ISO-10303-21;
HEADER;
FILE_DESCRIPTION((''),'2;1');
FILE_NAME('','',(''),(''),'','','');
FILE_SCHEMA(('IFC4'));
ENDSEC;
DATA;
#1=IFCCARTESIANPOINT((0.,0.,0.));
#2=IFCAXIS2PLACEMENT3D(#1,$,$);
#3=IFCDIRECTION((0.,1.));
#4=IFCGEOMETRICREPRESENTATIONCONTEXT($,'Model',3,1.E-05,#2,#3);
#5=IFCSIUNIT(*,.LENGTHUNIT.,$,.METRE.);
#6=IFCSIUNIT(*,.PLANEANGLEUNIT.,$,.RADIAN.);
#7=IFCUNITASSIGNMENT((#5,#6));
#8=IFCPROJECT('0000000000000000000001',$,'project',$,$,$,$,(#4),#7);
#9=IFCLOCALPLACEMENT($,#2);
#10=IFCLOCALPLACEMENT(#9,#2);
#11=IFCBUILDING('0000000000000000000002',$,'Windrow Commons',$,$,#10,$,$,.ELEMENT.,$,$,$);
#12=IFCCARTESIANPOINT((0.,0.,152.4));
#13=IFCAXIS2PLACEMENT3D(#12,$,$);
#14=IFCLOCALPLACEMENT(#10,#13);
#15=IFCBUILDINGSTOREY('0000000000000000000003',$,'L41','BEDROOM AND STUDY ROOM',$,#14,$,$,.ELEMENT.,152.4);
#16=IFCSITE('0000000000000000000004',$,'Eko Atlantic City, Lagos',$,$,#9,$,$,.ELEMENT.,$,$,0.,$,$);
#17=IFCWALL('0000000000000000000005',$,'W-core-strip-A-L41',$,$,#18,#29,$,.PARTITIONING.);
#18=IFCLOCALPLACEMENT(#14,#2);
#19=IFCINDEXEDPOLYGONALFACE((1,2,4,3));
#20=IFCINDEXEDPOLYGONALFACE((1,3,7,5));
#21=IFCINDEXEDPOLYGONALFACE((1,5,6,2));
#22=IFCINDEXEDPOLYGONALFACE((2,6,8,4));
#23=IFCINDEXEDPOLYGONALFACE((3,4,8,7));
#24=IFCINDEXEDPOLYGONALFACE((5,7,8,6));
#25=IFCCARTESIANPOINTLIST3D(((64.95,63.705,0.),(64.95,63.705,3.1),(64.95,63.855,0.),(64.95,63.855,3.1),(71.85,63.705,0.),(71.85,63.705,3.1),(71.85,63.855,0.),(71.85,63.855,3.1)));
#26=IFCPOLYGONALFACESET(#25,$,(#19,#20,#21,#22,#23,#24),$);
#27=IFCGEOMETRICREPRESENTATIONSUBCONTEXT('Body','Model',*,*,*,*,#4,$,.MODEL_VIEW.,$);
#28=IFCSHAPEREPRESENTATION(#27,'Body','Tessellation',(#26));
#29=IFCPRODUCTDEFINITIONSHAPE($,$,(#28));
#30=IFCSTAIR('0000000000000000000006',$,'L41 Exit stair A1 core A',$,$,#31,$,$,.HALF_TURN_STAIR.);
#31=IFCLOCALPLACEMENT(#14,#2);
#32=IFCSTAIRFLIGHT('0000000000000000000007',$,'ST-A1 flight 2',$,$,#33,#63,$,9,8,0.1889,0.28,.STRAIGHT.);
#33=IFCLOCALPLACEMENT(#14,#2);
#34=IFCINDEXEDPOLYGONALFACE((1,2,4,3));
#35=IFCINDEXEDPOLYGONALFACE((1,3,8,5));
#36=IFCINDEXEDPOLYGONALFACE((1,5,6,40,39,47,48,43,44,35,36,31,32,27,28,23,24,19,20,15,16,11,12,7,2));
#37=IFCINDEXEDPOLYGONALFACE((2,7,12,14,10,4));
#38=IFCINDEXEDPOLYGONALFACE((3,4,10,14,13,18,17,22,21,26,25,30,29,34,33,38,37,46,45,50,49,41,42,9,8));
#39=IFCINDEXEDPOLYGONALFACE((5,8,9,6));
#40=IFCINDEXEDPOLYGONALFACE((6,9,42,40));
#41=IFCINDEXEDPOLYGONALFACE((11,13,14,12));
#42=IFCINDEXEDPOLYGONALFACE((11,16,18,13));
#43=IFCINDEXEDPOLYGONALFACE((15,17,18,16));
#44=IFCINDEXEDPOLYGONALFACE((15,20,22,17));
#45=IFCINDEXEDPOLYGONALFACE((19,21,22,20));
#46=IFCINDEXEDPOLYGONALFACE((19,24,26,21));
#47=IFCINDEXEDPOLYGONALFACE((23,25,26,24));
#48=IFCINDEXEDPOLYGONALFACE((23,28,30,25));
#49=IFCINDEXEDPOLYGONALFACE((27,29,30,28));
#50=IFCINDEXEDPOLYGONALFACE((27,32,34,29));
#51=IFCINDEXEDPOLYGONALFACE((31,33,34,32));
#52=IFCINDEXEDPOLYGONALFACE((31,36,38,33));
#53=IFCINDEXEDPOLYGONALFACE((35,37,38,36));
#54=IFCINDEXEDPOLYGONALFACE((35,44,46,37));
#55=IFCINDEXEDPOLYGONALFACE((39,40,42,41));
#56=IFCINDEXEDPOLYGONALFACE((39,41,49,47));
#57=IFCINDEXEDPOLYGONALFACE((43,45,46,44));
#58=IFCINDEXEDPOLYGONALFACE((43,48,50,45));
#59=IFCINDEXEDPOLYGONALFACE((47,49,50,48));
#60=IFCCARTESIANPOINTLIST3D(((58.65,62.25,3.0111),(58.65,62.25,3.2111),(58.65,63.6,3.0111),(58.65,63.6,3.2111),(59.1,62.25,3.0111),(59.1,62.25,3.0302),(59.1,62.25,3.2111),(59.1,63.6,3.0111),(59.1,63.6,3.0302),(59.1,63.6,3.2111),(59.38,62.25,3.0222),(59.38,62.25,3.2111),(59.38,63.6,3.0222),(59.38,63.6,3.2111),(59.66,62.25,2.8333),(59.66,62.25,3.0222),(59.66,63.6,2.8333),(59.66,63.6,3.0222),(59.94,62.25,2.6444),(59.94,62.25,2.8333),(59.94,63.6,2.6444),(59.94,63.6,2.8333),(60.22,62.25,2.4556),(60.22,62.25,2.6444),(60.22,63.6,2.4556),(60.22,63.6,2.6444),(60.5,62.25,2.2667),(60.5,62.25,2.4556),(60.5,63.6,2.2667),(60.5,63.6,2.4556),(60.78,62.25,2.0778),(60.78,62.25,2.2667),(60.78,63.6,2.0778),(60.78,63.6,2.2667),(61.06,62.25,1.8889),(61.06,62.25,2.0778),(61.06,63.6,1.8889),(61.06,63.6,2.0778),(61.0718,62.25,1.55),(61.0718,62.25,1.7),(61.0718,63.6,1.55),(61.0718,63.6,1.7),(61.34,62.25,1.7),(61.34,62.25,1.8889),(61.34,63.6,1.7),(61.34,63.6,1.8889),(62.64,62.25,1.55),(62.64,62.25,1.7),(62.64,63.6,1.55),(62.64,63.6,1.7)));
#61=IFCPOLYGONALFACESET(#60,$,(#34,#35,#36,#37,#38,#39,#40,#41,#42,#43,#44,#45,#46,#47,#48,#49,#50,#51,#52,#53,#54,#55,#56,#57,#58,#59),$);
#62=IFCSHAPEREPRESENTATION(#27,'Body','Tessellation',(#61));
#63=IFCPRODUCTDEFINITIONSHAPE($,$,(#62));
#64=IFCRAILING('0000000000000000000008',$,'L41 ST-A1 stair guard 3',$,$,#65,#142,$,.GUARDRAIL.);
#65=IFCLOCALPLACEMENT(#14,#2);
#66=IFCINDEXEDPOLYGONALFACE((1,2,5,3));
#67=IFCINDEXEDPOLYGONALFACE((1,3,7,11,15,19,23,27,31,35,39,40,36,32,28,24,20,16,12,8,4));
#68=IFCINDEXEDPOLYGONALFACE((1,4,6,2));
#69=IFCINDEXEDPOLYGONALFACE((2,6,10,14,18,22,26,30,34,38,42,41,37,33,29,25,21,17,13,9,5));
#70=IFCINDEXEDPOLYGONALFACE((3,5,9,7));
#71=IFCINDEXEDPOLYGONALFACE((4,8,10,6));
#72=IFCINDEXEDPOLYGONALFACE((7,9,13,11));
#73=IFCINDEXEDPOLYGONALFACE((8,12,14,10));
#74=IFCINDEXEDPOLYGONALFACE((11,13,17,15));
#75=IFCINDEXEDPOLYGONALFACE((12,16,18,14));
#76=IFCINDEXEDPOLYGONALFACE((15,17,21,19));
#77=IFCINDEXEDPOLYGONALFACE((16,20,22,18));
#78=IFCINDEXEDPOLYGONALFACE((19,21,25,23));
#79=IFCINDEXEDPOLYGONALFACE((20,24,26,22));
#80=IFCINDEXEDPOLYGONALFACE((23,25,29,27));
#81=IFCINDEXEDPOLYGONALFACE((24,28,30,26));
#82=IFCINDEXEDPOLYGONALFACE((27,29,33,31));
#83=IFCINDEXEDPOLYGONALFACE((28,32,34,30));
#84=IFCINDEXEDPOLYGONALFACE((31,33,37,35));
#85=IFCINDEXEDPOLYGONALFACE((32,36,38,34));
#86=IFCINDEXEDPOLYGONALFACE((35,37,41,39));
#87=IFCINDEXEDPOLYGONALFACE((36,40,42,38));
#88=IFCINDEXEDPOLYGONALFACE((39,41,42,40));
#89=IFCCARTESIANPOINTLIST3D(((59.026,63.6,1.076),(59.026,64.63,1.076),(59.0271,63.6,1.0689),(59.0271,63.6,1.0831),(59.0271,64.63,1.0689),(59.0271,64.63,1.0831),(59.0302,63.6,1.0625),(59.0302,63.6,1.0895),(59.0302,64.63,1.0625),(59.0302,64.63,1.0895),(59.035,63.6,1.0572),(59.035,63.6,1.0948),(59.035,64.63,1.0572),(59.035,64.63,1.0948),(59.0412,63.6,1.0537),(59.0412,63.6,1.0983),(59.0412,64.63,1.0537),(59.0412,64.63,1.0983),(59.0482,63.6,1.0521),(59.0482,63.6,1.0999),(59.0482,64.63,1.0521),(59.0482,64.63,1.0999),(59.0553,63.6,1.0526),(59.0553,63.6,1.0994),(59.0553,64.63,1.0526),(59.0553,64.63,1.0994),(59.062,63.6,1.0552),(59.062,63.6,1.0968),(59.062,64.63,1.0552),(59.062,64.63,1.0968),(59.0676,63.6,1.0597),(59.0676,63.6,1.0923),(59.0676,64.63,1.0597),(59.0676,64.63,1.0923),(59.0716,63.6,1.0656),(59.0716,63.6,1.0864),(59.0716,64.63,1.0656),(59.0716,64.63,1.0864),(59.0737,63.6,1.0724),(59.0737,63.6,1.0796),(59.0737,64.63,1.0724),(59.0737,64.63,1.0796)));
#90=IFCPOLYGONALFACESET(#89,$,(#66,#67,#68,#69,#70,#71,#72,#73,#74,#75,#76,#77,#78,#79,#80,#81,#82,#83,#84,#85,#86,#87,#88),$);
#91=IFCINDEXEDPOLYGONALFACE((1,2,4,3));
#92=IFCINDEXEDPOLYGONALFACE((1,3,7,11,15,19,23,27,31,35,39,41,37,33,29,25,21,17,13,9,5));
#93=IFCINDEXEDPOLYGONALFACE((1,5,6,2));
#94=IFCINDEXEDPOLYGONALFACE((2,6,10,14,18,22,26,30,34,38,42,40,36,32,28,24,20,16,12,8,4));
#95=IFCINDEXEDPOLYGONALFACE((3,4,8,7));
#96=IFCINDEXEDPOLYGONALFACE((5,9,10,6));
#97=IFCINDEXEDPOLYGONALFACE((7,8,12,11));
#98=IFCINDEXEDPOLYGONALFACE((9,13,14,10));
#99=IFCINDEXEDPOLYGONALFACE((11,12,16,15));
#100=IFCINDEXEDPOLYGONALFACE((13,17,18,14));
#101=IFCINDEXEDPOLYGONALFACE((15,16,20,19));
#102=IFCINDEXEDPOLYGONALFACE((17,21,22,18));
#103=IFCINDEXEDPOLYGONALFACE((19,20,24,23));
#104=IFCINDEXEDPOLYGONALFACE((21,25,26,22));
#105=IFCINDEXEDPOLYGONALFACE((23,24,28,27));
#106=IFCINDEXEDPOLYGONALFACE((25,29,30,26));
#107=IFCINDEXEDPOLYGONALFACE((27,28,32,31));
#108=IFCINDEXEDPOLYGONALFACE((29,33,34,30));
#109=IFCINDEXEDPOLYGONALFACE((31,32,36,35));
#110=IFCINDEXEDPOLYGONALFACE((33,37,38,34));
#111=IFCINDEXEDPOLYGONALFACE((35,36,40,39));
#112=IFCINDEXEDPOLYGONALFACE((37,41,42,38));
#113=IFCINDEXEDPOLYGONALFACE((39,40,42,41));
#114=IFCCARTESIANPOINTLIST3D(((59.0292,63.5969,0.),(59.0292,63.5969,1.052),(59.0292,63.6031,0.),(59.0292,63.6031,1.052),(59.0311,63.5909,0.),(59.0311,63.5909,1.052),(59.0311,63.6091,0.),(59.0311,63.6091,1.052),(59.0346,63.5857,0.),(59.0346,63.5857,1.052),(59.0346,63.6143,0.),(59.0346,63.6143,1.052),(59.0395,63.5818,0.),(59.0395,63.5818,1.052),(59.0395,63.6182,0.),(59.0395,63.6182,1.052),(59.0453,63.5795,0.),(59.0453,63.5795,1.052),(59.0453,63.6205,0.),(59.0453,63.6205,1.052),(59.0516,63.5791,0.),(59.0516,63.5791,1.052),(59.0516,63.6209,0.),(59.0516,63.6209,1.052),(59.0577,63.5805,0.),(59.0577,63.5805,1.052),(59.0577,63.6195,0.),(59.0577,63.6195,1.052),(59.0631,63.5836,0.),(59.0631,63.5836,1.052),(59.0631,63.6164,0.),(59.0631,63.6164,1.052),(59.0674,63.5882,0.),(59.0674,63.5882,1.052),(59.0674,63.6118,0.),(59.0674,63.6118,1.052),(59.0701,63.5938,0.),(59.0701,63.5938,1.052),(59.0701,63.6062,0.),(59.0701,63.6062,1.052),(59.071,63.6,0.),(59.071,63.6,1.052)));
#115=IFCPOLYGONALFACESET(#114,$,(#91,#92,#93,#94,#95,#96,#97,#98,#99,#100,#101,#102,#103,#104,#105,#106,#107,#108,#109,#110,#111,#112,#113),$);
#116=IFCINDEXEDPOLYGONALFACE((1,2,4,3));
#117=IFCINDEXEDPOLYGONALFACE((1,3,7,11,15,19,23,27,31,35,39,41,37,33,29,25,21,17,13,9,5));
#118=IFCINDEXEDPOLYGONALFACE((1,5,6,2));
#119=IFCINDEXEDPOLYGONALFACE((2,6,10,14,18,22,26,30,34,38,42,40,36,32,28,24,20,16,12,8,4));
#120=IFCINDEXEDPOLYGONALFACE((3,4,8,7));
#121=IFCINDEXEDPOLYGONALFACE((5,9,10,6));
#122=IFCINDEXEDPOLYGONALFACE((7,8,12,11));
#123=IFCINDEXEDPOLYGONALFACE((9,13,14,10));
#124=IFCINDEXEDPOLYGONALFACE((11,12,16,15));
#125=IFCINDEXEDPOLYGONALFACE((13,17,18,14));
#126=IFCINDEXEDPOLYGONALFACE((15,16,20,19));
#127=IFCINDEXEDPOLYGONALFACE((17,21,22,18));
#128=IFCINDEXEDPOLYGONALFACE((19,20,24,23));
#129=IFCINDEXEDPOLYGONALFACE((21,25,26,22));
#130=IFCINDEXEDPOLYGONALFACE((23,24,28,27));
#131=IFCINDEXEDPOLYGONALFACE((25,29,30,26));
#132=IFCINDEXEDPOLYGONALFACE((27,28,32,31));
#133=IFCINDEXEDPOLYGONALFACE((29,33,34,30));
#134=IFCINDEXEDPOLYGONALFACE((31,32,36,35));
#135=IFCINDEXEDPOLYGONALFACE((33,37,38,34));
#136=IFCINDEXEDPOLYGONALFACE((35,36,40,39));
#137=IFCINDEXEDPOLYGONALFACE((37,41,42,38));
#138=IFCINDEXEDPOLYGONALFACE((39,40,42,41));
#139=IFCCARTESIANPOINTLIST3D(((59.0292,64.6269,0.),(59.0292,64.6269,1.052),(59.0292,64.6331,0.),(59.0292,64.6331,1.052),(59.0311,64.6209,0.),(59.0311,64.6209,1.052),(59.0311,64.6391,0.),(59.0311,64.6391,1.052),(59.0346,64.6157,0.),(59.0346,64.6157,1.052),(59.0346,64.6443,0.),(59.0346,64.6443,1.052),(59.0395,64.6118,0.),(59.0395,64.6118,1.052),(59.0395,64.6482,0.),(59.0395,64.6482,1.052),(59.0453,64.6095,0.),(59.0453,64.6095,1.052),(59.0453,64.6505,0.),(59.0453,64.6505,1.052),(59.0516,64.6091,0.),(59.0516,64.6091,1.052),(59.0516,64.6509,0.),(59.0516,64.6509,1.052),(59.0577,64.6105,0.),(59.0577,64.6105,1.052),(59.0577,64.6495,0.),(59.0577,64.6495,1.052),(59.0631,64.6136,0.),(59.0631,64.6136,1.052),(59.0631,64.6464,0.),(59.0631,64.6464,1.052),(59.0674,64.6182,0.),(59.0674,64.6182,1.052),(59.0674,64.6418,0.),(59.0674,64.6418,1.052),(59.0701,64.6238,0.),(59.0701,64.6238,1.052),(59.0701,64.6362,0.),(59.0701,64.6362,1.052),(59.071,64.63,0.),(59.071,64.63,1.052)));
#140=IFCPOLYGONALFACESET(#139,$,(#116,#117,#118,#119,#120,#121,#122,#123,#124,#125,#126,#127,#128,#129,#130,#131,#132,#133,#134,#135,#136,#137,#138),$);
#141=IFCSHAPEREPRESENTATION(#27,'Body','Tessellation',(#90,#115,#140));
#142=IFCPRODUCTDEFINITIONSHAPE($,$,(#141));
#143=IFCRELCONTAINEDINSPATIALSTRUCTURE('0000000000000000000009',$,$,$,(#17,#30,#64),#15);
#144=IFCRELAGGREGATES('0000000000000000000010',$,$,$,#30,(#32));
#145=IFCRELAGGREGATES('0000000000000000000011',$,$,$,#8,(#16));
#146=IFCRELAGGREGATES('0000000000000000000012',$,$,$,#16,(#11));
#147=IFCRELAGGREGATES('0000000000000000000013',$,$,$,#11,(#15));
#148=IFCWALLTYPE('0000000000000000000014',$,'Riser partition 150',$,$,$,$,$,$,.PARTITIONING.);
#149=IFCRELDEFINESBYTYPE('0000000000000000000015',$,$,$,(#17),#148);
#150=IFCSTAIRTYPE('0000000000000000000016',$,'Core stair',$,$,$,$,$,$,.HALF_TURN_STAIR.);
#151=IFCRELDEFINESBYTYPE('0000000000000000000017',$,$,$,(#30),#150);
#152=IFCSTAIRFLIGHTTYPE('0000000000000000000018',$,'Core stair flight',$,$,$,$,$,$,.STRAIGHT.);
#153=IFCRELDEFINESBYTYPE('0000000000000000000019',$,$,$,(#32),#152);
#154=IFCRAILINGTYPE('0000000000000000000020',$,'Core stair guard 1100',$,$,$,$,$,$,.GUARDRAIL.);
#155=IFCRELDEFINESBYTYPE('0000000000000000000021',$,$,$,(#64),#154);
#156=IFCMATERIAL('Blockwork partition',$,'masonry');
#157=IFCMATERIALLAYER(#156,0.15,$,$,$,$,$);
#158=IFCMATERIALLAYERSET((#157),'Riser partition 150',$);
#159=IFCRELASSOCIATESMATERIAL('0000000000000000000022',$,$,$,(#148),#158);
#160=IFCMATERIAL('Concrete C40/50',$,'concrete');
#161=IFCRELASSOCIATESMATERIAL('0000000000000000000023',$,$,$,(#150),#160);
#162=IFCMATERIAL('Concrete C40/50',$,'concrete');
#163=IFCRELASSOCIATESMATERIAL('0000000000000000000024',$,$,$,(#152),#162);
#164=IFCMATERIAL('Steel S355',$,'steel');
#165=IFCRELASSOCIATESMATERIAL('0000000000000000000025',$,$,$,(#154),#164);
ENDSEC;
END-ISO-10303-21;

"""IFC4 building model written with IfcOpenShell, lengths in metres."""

from ifc_helpers import new_model, si_unit, direction, frame, frame_2d, origin, origin_2d, place, context, subcontext, project, spatial, polyline, rectangle, circle, outline, extrude, material, layer, layer_set, type_object, element, aggregate, save


model = new_model("IFC4")

# Units and contexts
model_context = context("Model", 3, precision=1e-05, world=origin(), true_north=direction((0.0, 1.0)))
body_context = subcontext(model_context, "Body", "Model", "MODEL_VIEW")
ifc_project = project(units=[si_unit("LENGTHUNIT", "METRE"), si_unit("PLANEANGLEUNIT", "RADIAN")], contexts=[model_context])

# Site, building, storey
site_placement = place(None, origin())
site = spatial("IfcSite", under=ifc_project, at=site_placement, Name="Eko Atlantic City, Lagos", CompositionType="ELEMENT", RefElevation=0.0)
building_placement = place(site_placement, origin())
building = spatial("IfcBuilding", under=site, at=building_placement, Name="Windrow Commons", CompositionType="ELEMENT")
storey_placement = place(building_placement, frame((0.0, 0.0, 152.4)))
storey = spatial("IfcBuildingStorey", under=building, at=storey_placement, Name="L41", Description="BEDROOM AND STUDY ROOM", CompositionType="ELEMENT", Elevation=152.4)

# Wall
ifc_material_1 = material(Name="Blockwork partition", Category="masonry")
ifc_layer_1 = layer(ifc_material_1, 0.15)
ifc_layer_set_1 = layer_set([ifc_layer_1], Name="Riser partition 150")
wall_type_1 = type_object("IfcWallType", Name="Riser partition 150", PredefinedType="PARTITIONING", material=ifc_layer_set_1)
wall_1_placement = place(storey_placement, frame((64.95, 63.78, 0.0), z_axis=(0.0, 0.0, 1.0), x_axis=(1.0, 0.0, 0.0)))
element("IfcWall", 1, at=wall_1_placement, inside=storey, type_object=wall_type_1, Name="W-core-strip-A-L41", PredefinedType="PARTITIONING", context=body_context, shape_type="SweptSolid", body=[
    extrude(rectangle(XDim=6.9, YDim=0.15, at=frame_2d((3.45, 0.0))), origin(), (0.0, 0.0, 1.0), 3.1),
])

# Stair, stair flight
ifc_material_2 = material(Name="Concrete C40/50", Category="concrete")
stair_type = type_object("IfcStairType", Name="Core stair", PredefinedType="HALF_TURN_STAIR", material=ifc_material_2)
stair_placement = place(storey_placement, origin())
stair = element("IfcStair", 2, at=stair_placement, inside=storey, type_object=stair_type, Name="L41 Exit stair A1 core A", PredefinedType="HALF_TURN_STAIR")
ifc_material_3 = material(Name="Concrete C40/50", Category="concrete")
stair_flight_type = type_object("IfcStairFlightType", Name="Core stair flight", PredefinedType="STRAIGHT", material=ifc_material_3)
stair_flight_placement = place(storey_placement, frame((61.34, 62.925, 1.7), z_axis=(0.0, 0.0, 1.0), x_axis=(-1.0, 0.0, 0.0)))
stair_flight = element("IfcStairFlight", 3, at=stair_flight_placement, type_object=stair_flight_type, Name="ST-A1 flight 2", NumberOfRisers=9, NumberOfTreads=8, PredefinedType="STRAIGHT", RiserHeight=0.1889, TreadLength=0.28, context=body_context, shape_type="SweptSolid", body=[
    extrude(outline(polyline([(-1.3, -0.15), (-1.3, 0.0), (0.0, 0.0), (0.0, 0.1889), (0.28, 0.1889), (0.28, 0.3778), (0.56, 0.3778), (0.56, 0.5667), (0.84, 0.5667), (0.84, 0.7556), (1.12, 0.7556), (1.12, 0.9444), (1.4, 0.9444), (1.4, 1.1333), (1.68, 1.1333), (1.68, 1.3222), (1.96, 1.3222), (1.96, 1.5111), (2.24, 1.5111), (2.69, 1.5111), (2.69, 1.3111), (2.24, 1.3111), (2.24, 1.3302), (0.2682, 0.0), (0.2682, -0.15), (-1.3, -0.15)])), frame((0.0, 0.675, 0.0), z_axis=(0.0, -1.0, 0.0), x_axis=(1.0, 0.0, 0.0)), (0.0, 0.0, 1.0), 1.35),
])
aggregate(stair, [stair_flight])

# Railing
ifc_material_4 = material(Name="Steel S355", Category="steel")
railing_type_1 = type_object("IfcRailingType", Name="Core stair guard 1100", PredefinedType="GUARDRAIL", material=ifc_material_4)
for number, where, name in (
    (4, (59.05, 63.6, 0.0), "L41 ST-A1 stair guard 3"),
):
    element("IfcRailing", number, at=place(storey_placement, frame(where)), inside=storey, type_object=railing_type_1, Name=name, PredefinedType="GUARDRAIL", context=body_context, shape_type="SweptSolid", body=[
        extrude(circle(Radius=0.024, at=origin_2d()), frame((0.0, 0.0, 1.076), z_axis=(0.0, 1.0, 0.0), x_axis=(-1.0, 0.0, 0.0)), (0.0, 0.0, 1.0), 1.03),
        extrude(circle(Radius=0.021, at=origin_2d()), origin(), (0.0, 0.0, 1.0), 1.052),
        extrude(circle(Radius=0.021, at=origin_2d()), frame((0.0, 1.03, 0.0)), (0.0, 0.0, 1.0), 1.052),
    ])

save(model, "model.ifc")
